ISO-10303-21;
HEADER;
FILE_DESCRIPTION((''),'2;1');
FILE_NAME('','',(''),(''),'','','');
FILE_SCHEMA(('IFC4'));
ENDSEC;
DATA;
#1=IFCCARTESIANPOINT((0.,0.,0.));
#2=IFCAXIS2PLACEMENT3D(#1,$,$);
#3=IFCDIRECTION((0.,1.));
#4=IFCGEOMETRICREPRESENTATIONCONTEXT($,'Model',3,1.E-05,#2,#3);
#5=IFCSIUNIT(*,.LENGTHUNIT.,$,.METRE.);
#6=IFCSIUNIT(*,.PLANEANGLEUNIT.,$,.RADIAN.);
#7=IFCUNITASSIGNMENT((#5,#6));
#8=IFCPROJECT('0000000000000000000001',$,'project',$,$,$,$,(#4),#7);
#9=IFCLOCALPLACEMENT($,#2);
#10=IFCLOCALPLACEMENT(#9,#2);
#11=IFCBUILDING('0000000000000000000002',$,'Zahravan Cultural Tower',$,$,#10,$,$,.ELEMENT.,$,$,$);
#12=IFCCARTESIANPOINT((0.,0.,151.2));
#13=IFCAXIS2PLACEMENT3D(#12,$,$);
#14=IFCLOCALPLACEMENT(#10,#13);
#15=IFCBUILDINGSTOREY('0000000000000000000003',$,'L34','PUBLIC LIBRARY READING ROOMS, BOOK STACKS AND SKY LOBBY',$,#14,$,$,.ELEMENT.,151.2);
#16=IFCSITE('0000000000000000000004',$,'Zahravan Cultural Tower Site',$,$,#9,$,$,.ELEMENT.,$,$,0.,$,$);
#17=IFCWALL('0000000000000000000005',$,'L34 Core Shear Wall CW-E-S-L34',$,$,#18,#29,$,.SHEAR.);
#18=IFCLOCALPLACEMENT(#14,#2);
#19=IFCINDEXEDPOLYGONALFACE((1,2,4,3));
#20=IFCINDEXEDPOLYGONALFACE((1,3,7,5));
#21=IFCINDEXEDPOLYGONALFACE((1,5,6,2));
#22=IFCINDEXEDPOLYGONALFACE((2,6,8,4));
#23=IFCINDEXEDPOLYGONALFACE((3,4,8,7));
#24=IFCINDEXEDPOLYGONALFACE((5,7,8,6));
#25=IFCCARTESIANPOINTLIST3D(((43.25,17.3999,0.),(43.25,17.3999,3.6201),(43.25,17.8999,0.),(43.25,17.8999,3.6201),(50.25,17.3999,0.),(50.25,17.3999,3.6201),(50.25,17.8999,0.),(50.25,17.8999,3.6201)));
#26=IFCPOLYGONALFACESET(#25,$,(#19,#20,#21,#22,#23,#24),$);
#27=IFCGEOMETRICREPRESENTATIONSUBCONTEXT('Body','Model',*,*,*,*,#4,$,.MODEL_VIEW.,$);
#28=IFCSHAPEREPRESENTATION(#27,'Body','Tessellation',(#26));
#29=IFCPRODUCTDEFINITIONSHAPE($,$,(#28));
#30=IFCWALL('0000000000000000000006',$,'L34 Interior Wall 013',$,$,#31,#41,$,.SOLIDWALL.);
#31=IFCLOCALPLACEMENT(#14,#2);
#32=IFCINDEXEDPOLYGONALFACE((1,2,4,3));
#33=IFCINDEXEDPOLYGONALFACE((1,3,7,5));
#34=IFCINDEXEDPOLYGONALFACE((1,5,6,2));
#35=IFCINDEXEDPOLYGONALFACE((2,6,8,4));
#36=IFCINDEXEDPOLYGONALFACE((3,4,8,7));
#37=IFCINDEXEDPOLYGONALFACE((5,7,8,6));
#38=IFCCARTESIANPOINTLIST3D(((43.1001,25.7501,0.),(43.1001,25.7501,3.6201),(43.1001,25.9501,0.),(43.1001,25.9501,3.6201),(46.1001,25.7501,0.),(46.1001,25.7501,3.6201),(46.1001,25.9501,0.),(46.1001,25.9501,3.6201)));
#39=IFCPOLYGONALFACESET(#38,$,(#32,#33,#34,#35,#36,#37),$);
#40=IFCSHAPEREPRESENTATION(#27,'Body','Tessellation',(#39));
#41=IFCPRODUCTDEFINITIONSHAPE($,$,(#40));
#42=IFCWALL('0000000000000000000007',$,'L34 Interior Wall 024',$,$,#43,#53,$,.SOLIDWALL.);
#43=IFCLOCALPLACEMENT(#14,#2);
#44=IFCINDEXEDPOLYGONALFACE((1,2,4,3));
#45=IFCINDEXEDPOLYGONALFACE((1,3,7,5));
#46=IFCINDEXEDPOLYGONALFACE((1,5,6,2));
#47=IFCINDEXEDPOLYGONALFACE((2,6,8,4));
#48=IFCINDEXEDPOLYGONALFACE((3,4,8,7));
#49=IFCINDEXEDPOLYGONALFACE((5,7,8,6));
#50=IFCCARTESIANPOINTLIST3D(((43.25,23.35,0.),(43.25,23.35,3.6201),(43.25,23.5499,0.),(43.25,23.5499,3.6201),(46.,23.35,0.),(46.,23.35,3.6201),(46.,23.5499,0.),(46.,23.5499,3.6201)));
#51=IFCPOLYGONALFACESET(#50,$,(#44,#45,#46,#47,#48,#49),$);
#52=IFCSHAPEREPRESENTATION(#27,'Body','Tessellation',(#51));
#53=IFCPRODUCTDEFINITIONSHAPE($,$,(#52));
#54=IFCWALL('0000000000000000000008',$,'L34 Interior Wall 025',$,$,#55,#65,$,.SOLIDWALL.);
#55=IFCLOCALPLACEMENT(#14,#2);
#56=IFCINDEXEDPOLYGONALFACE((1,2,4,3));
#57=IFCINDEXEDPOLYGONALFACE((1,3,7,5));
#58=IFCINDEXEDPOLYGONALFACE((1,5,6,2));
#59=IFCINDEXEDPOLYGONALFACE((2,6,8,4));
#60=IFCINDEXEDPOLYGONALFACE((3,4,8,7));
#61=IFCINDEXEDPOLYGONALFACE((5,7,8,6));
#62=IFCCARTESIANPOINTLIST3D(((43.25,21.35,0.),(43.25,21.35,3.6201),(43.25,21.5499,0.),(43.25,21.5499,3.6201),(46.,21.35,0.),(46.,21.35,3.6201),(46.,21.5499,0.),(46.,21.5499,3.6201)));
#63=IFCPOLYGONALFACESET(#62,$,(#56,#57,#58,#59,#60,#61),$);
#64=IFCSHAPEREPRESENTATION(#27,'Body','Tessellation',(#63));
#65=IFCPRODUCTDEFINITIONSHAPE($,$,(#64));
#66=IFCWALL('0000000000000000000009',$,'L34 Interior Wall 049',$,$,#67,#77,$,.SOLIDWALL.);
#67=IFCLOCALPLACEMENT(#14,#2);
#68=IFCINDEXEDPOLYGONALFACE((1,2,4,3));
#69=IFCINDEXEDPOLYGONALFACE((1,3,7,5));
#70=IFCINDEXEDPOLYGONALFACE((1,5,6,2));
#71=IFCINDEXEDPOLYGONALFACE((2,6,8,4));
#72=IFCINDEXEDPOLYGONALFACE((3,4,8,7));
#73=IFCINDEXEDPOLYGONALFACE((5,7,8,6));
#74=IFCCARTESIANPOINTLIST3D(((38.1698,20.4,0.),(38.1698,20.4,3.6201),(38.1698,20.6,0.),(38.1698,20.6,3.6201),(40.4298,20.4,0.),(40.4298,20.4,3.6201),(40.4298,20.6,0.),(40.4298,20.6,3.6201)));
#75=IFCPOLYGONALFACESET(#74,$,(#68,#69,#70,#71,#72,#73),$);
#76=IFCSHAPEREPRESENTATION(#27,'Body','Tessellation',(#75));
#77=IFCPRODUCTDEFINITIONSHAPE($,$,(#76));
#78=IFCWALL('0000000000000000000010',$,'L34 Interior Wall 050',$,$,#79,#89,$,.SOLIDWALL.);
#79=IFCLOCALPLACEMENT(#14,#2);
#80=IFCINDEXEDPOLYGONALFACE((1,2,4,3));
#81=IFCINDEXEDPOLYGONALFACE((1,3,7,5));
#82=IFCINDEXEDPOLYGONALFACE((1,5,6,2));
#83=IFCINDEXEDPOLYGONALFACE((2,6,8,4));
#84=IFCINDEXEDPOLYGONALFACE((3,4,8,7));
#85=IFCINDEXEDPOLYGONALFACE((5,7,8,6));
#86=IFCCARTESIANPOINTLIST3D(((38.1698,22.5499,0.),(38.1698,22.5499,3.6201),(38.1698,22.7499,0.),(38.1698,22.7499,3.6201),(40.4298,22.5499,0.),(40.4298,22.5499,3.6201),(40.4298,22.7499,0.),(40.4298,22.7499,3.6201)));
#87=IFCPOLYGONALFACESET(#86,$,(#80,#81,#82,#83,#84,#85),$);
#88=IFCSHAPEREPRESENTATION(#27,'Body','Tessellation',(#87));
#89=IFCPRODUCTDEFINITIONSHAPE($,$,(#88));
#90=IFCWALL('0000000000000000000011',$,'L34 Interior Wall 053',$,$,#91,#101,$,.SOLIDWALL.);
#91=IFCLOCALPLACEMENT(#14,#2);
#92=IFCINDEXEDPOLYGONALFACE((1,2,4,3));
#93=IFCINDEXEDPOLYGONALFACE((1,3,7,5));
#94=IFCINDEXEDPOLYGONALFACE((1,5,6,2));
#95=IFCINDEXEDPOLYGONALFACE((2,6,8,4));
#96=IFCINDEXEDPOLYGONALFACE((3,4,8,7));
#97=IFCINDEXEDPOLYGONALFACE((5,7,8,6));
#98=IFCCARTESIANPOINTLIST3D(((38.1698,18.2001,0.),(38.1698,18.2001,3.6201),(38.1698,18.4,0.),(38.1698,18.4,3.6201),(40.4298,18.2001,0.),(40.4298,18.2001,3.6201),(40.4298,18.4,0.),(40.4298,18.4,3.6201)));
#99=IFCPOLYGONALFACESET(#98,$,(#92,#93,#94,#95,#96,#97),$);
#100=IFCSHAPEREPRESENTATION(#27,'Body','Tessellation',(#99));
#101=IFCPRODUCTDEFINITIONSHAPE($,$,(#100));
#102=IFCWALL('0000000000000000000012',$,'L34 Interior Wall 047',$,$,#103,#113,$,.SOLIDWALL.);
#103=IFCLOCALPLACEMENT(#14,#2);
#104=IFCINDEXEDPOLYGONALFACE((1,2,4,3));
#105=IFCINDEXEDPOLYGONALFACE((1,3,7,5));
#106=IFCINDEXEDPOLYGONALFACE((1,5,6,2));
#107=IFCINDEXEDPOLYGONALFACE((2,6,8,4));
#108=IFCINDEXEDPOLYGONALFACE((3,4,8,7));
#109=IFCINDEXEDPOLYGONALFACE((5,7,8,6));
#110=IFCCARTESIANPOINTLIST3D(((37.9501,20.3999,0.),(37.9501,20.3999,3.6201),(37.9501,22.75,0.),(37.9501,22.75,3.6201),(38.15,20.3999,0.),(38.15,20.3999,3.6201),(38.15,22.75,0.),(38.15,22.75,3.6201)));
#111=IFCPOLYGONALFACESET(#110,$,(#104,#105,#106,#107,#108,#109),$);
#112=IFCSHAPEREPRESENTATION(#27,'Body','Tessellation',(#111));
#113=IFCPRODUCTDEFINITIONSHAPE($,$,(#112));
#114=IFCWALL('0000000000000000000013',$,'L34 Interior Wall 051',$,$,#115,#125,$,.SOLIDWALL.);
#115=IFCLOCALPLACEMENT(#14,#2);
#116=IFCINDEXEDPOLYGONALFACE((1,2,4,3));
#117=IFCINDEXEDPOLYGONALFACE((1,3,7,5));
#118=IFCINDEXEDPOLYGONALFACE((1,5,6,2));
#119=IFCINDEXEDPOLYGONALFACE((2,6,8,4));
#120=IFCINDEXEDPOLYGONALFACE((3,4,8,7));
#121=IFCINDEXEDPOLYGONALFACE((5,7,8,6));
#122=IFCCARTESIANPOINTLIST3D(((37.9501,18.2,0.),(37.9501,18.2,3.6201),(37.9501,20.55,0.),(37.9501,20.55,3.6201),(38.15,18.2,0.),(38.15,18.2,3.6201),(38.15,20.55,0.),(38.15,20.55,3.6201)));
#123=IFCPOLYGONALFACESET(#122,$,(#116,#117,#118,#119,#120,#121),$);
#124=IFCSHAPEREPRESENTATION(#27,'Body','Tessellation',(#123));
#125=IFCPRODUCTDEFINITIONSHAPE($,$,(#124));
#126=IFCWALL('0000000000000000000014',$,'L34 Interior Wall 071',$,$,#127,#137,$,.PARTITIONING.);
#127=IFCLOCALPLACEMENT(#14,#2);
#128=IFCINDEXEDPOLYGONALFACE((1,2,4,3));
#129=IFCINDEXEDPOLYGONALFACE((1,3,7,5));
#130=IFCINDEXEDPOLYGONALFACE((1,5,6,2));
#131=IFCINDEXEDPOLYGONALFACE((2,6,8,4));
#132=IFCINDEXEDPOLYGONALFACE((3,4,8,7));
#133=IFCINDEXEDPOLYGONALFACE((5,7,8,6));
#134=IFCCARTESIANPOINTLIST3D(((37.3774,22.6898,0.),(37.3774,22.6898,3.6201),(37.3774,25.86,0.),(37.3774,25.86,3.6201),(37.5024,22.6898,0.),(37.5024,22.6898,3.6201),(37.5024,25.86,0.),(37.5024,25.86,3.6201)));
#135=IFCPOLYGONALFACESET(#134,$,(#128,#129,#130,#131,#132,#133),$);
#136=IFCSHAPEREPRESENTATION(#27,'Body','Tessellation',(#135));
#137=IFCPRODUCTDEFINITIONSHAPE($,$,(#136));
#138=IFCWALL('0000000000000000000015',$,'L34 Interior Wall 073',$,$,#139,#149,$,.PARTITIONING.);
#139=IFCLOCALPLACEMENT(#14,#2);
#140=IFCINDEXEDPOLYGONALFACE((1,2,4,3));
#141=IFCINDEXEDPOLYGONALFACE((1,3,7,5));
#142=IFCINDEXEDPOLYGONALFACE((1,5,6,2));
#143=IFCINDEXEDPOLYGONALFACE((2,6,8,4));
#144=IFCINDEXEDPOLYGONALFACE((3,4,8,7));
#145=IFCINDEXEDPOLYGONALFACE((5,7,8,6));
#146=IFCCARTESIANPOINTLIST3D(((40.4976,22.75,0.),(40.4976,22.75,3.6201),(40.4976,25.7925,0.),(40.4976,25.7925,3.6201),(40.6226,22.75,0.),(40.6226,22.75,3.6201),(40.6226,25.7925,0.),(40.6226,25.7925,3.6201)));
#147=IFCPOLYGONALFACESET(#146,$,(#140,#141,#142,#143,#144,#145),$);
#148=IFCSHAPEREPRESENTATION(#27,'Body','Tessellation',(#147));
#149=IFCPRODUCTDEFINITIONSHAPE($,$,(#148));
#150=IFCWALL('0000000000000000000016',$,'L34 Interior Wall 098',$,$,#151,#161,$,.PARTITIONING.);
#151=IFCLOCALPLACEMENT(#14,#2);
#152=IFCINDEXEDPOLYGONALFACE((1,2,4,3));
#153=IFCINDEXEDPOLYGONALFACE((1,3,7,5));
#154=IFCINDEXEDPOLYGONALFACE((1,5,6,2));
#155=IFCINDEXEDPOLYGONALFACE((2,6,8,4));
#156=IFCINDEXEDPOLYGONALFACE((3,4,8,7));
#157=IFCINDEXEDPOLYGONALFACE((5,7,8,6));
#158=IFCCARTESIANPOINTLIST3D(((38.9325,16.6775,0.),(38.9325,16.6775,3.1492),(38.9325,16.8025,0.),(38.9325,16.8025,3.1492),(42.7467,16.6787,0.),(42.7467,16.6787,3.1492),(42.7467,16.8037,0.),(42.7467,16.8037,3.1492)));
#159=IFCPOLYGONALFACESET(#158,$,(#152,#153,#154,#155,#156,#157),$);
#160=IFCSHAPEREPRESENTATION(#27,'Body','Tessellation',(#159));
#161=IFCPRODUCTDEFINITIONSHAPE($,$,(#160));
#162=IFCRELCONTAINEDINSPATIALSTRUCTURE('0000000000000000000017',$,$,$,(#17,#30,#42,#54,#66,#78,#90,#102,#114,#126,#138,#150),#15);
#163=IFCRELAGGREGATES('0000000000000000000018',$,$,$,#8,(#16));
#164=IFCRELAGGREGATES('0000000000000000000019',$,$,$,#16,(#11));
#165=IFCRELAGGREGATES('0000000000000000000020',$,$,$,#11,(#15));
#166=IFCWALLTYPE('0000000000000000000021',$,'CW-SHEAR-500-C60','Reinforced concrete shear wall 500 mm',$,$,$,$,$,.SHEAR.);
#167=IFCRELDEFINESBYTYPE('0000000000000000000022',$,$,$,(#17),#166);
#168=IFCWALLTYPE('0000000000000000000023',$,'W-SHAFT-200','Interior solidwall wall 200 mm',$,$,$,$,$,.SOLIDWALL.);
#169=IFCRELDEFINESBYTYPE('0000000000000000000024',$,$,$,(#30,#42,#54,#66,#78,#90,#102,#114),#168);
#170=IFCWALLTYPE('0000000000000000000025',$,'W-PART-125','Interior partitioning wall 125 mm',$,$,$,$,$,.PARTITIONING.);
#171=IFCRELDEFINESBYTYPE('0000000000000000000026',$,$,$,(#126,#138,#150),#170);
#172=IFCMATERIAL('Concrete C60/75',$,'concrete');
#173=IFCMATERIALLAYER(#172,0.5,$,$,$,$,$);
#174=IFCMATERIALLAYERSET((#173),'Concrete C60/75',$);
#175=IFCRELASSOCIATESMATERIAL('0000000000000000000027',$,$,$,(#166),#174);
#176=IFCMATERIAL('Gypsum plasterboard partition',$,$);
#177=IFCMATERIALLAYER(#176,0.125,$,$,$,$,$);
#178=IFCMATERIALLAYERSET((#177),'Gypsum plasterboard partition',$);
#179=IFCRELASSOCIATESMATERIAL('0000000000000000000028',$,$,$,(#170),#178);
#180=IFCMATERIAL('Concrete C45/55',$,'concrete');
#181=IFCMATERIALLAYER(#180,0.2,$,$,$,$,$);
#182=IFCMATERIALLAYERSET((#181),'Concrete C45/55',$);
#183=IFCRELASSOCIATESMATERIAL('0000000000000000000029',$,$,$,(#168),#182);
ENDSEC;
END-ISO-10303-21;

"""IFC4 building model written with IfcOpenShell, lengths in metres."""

from ifc_helpers import new_model, si_unit, direction, frame, frame_2d, origin, place, context, subcontext, project, spatial, rectangle, extrude, source, transform, mapped, material, layer, layer_set, type_object, element, save


model = new_model("IFC4")

# Units and contexts
model_context = context("Model", 3, precision=1e-05, world=origin(), true_north=direction((0.0, 1.0)))
body_context = subcontext(model_context, "Body", "Model", "MODEL_VIEW")
ifc_project = project(units=[si_unit("LENGTHUNIT", "METRE"), si_unit("PLANEANGLEUNIT", "RADIAN")], contexts=[model_context])

# Site, building, storey
site_placement = place(None, origin())
site = spatial("IfcSite", under=ifc_project, at=site_placement, Name="Zahravan Cultural Tower Site", CompositionType="ELEMENT", RefElevation=0.0)
building_placement = place(site_placement, origin())
building = spatial("IfcBuilding", under=site, at=building_placement, Name="Zahravan Cultural Tower", CompositionType="ELEMENT")
storey_placement = place(building_placement, frame((0.0, 0.0, 151.2)))
storey = spatial("IfcBuildingStorey", under=building, at=storey_placement, Name="L34", Description="PUBLIC LIBRARY READING ROOMS, BOOK STACKS AND SKY LOBBY", CompositionType="ELEMENT", Elevation=151.2)

# Shared definitions
ifc_material_1 = material(Name="Concrete C60/75", Category="concrete")
ifc_layer_1 = layer(ifc_material_1, 0.5)
ifc_layer_set_1 = layer_set([ifc_layer_1], Name="Concrete C60/75")
wall_type_1 = type_object("IfcWallType", Name="CW-SHEAR-500-C60", Description="Reinforced concrete shear wall 500 mm", PredefinedType="SHEAR", material=ifc_layer_set_1)

# Shared definitions
ifc_material_2 = material(Name="Gypsum plasterboard partition")
ifc_layer_2 = layer(ifc_material_2, 0.125)
ifc_layer_set_2 = layer_set([ifc_layer_2], Name="Gypsum plasterboard partition")
wall_type_2 = type_object("IfcWallType", Name="W-PART-125", Description="Interior partitioning wall 125 mm", PredefinedType="PARTITIONING", material=ifc_layer_set_2)
ifc_material_3 = material(Name="Concrete C45/55", Category="concrete")
ifc_layer_3 = layer(ifc_material_3, 0.2)
ifc_layer_set_3 = layer_set([ifc_layer_3], Name="Concrete C45/55")
wall_type_3 = type_object("IfcWallType", Name="W-SHAFT-200", Description="Interior solidwall wall 200 mm", PredefinedType="SOLIDWALL", material=ifc_layer_set_3)

# Walls
shared_shape_1 = source(origin(), body_context, "Body", "SweptSolid", [
    extrude(rectangle(XDim=7.0, YDim=0.5, at=frame_2d((3.5, 0.0))), origin(), (0.0, 0.0, 1.0), 3.6201),
])
wall_1_placement = place(storey_placement, frame((43.25, 17.6499, 0.0), z_axis=(0.0, 0.0, 1.0), x_axis=(1.0, 0.0, 0.0)))
element("IfcWall", 1, at=wall_1_placement, inside=storey, type_object=wall_type_1, Name="L34 Core Shear Wall CW-E-S-L34", PredefinedType="SHEAR", context=body_context, shape_type="MappedRepresentation", body=[
    mapped(shared_shape_1, transform((0.0, 0.0, 0.0), x_axis=(1.0, 0.0, 0.0), y_axis=(0.0, 1.0, 0.0), z_axis=(0.0, 0.0, 1.0), scale=1.0)),
])
shared_shape_2 = source(origin(), body_context, "Body", "SweptSolid", [
    extrude(rectangle(XDim=3.0, YDim=0.2, at=frame_2d((1.5, 0.0))), origin(), (0.0, 0.0, 1.0), 3.6201),
])
wall_2_placement = place(storey_placement, frame((43.1001, 25.8501, 0.0), z_axis=(0.0, 0.0, 1.0), x_axis=(1.0, 0.0, 0.0)))
element("IfcWall", 2, at=wall_2_placement, inside=storey, type_object=wall_type_3, Name="L34 Interior Wall 013", PredefinedType="SOLIDWALL", context=body_context, shape_type="MappedRepresentation", body=[
    mapped(shared_shape_2, transform((0.0, 0.0, 0.0), x_axis=(1.0, 0.0, 0.0), y_axis=(0.0, 1.0, 0.0), z_axis=(0.0, 0.0, 1.0), scale=1.0)),
])
shared_shape_3 = source(origin(), body_context, "Body", "SweptSolid", [
    extrude(rectangle(XDim=2.75, YDim=0.2, at=frame_2d((1.375, 0.0))), origin(), (0.0, 0.0, 1.0), 3.6201),
])
for number, where, z_axis, x_axis, name in (
    (3, (43.25, 23.45, 0.0), (0.0, 0.0, 1.0), (1.0, 0.0, 0.0), "L34 Interior Wall 024"),
    (4, (43.25, 21.45, 0.0), (0.0, 0.0, 1.0), (1.0, 0.0, 0.0), "L34 Interior Wall 025"),
):
    element("IfcWall", number, at=place(storey_placement, frame(where, z_axis=z_axis, x_axis=x_axis)), inside=storey, type_object=wall_type_3, Name=name, PredefinedType="SOLIDWALL", context=body_context, shape_type="MappedRepresentation", body=[
        mapped(shared_shape_3, transform((0.0, 0.0, 0.0), x_axis=(1.0, 0.0, 0.0), y_axis=(0.0, 1.0, 0.0), z_axis=(0.0, 0.0, 1.0), scale=1.0)),
    ])
shared_shape_4 = source(origin(), body_context, "Body", "SweptSolid", [
    extrude(rectangle(XDim=2.26, YDim=0.2, at=frame_2d((1.1299, 0.0))), origin(), (0.0, 0.0, 1.0), 3.6201),
])
for number, where, z_axis, x_axis, name in (
    (5, (38.1699, 20.5, 0.0), (0.0, 0.0, 1.0), (1.0, 0.0, 0.0), "L34 Interior Wall 049"),
    (6, (38.1699, 22.6499, 0.0), (0.0, 0.0, 1.0), (1.0, 0.0, 0.0), "L34 Interior Wall 050"),
    (7, (38.1699, 18.3, 0.0), (0.0, 0.0, 1.0), (1.0, 0.0, 0.0), "L34 Interior Wall 053"),
):
    element("IfcWall", number, at=place(storey_placement, frame(where, z_axis=z_axis, x_axis=x_axis)), inside=storey, type_object=wall_type_3, Name=name, PredefinedType="SOLIDWALL", context=body_context, shape_type="MappedRepresentation", body=[
        mapped(shared_shape_4, transform((0.0, 0.0, 0.0), x_axis=(1.0, 0.0, 0.0), y_axis=(0.0, 1.0, 0.0), z_axis=(0.0, 0.0, 1.0), scale=1.0)),
    ])
shared_shape_5 = source(origin(), body_context, "Body", "SweptSolid", [
    extrude(rectangle(XDim=2.3501, YDim=0.2, at=frame_2d((1.175, 0.0))), origin(), (0.0, 0.0, 1.0), 3.6201),
])
for number, where, z_axis, x_axis, name in (
    (8, (38.05, 20.3999, 0.0), (0.0, 0.0, 1.0), (0.0, 1.0, 0.0), "L34 Interior Wall 047"),
    (9, (38.05, 18.2, 0.0), (0.0, 0.0, 1.0), (0.0, 1.0, 0.0), "L34 Interior Wall 051"),
):
    element("IfcWall", number, at=place(storey_placement, frame(where, z_axis=z_axis, x_axis=x_axis)), inside=storey, type_object=wall_type_3, Name=name, PredefinedType="SOLIDWALL", context=body_context, shape_type="MappedRepresentation", body=[
        mapped(shared_shape_5, transform((0.0, 0.0, 0.0), x_axis=(1.0, 0.0, 0.0), y_axis=(0.0, 1.0, 0.0), z_axis=(0.0, 0.0, 1.0), scale=1.0)),
    ])
shared_shape_6 = source(origin(), body_context, "Body", "SweptSolid", [
    extrude(rectangle(XDim=3.1702, YDim=0.125, at=frame_2d((1.585, 0.0))), origin(), (0.0, 0.0, 1.0), 3.6201),
])
wall_3_placement = place(storey_placement, frame((37.4399, 22.6899, 0.0), z_axis=(0.0, 0.0, 1.0), x_axis=(0.0, 1.0, 0.0)))
element("IfcWall", 10, at=wall_3_placement, inside=storey, type_object=wall_type_2, Name="L34 Interior Wall 071", PredefinedType="PARTITIONING", context=body_context, shape_type="MappedRepresentation", body=[
    mapped(shared_shape_6, transform((0.0, 0.0, 0.0), x_axis=(1.0, 0.0, 0.0), y_axis=(0.0, 1.0, 0.0), z_axis=(0.0, 0.0, 1.0), scale=1.0)),
])
shared_shape_7 = source(origin(), body_context, "Body", "SweptSolid", [
    extrude(rectangle(XDim=3.0425, YDim=0.125, at=frame_2d((1.5212, 0.0))), origin(), (0.0, 0.0, 1.0), 3.6201),
])
wall_4_placement = place(storey_placement, frame((40.5601, 25.7925, 0.0), z_axis=(0.0, 0.0, 1.0), x_axis=(0.0, -1.0, 0.0)))
element("IfcWall", 11, at=wall_4_placement, inside=storey, type_object=wall_type_2, Name="L34 Interior Wall 073", PredefinedType="PARTITIONING", context=body_context, shape_type="MappedRepresentation", body=[
    mapped(shared_shape_7, transform((0.0, 0.0, 0.0), x_axis=(1.0, 0.0, 0.0), y_axis=(0.0, 1.0, 0.0), z_axis=(0.0, 0.0, 1.0), scale=1.0)),
])
shared_shape_8 = source(origin(), body_context, "Body", "SweptSolid", [
    extrude(rectangle(XDim=3.8142, YDim=0.125, at=frame_2d((1.9072, 0.0))), origin(), (0.0, 0.0, 1.0), 3.1492),
])
wall_5_placement = place(storey_placement, frame((38.9324, 16.74, 0.0), z_axis=(0.0, 0.0, 1.0), x_axis=(1.0, 0.00032, 0.0)))
element("IfcWall", 12, at=wall_5_placement, inside=storey, type_object=wall_type_2, Name="L34 Interior Wall 098", PredefinedType="PARTITIONING", context=body_context, shape_type="MappedRepresentation", body=[
    mapped(shared_shape_8, transform((0.0, 0.0, 0.0), x_axis=(1.0, 0.0, 0.0), y_axis=(0.0, 1.0, 0.0), z_axis=(0.0, 0.0, 1.0), scale=1.0)),
])

save(model, "model.ifc")
